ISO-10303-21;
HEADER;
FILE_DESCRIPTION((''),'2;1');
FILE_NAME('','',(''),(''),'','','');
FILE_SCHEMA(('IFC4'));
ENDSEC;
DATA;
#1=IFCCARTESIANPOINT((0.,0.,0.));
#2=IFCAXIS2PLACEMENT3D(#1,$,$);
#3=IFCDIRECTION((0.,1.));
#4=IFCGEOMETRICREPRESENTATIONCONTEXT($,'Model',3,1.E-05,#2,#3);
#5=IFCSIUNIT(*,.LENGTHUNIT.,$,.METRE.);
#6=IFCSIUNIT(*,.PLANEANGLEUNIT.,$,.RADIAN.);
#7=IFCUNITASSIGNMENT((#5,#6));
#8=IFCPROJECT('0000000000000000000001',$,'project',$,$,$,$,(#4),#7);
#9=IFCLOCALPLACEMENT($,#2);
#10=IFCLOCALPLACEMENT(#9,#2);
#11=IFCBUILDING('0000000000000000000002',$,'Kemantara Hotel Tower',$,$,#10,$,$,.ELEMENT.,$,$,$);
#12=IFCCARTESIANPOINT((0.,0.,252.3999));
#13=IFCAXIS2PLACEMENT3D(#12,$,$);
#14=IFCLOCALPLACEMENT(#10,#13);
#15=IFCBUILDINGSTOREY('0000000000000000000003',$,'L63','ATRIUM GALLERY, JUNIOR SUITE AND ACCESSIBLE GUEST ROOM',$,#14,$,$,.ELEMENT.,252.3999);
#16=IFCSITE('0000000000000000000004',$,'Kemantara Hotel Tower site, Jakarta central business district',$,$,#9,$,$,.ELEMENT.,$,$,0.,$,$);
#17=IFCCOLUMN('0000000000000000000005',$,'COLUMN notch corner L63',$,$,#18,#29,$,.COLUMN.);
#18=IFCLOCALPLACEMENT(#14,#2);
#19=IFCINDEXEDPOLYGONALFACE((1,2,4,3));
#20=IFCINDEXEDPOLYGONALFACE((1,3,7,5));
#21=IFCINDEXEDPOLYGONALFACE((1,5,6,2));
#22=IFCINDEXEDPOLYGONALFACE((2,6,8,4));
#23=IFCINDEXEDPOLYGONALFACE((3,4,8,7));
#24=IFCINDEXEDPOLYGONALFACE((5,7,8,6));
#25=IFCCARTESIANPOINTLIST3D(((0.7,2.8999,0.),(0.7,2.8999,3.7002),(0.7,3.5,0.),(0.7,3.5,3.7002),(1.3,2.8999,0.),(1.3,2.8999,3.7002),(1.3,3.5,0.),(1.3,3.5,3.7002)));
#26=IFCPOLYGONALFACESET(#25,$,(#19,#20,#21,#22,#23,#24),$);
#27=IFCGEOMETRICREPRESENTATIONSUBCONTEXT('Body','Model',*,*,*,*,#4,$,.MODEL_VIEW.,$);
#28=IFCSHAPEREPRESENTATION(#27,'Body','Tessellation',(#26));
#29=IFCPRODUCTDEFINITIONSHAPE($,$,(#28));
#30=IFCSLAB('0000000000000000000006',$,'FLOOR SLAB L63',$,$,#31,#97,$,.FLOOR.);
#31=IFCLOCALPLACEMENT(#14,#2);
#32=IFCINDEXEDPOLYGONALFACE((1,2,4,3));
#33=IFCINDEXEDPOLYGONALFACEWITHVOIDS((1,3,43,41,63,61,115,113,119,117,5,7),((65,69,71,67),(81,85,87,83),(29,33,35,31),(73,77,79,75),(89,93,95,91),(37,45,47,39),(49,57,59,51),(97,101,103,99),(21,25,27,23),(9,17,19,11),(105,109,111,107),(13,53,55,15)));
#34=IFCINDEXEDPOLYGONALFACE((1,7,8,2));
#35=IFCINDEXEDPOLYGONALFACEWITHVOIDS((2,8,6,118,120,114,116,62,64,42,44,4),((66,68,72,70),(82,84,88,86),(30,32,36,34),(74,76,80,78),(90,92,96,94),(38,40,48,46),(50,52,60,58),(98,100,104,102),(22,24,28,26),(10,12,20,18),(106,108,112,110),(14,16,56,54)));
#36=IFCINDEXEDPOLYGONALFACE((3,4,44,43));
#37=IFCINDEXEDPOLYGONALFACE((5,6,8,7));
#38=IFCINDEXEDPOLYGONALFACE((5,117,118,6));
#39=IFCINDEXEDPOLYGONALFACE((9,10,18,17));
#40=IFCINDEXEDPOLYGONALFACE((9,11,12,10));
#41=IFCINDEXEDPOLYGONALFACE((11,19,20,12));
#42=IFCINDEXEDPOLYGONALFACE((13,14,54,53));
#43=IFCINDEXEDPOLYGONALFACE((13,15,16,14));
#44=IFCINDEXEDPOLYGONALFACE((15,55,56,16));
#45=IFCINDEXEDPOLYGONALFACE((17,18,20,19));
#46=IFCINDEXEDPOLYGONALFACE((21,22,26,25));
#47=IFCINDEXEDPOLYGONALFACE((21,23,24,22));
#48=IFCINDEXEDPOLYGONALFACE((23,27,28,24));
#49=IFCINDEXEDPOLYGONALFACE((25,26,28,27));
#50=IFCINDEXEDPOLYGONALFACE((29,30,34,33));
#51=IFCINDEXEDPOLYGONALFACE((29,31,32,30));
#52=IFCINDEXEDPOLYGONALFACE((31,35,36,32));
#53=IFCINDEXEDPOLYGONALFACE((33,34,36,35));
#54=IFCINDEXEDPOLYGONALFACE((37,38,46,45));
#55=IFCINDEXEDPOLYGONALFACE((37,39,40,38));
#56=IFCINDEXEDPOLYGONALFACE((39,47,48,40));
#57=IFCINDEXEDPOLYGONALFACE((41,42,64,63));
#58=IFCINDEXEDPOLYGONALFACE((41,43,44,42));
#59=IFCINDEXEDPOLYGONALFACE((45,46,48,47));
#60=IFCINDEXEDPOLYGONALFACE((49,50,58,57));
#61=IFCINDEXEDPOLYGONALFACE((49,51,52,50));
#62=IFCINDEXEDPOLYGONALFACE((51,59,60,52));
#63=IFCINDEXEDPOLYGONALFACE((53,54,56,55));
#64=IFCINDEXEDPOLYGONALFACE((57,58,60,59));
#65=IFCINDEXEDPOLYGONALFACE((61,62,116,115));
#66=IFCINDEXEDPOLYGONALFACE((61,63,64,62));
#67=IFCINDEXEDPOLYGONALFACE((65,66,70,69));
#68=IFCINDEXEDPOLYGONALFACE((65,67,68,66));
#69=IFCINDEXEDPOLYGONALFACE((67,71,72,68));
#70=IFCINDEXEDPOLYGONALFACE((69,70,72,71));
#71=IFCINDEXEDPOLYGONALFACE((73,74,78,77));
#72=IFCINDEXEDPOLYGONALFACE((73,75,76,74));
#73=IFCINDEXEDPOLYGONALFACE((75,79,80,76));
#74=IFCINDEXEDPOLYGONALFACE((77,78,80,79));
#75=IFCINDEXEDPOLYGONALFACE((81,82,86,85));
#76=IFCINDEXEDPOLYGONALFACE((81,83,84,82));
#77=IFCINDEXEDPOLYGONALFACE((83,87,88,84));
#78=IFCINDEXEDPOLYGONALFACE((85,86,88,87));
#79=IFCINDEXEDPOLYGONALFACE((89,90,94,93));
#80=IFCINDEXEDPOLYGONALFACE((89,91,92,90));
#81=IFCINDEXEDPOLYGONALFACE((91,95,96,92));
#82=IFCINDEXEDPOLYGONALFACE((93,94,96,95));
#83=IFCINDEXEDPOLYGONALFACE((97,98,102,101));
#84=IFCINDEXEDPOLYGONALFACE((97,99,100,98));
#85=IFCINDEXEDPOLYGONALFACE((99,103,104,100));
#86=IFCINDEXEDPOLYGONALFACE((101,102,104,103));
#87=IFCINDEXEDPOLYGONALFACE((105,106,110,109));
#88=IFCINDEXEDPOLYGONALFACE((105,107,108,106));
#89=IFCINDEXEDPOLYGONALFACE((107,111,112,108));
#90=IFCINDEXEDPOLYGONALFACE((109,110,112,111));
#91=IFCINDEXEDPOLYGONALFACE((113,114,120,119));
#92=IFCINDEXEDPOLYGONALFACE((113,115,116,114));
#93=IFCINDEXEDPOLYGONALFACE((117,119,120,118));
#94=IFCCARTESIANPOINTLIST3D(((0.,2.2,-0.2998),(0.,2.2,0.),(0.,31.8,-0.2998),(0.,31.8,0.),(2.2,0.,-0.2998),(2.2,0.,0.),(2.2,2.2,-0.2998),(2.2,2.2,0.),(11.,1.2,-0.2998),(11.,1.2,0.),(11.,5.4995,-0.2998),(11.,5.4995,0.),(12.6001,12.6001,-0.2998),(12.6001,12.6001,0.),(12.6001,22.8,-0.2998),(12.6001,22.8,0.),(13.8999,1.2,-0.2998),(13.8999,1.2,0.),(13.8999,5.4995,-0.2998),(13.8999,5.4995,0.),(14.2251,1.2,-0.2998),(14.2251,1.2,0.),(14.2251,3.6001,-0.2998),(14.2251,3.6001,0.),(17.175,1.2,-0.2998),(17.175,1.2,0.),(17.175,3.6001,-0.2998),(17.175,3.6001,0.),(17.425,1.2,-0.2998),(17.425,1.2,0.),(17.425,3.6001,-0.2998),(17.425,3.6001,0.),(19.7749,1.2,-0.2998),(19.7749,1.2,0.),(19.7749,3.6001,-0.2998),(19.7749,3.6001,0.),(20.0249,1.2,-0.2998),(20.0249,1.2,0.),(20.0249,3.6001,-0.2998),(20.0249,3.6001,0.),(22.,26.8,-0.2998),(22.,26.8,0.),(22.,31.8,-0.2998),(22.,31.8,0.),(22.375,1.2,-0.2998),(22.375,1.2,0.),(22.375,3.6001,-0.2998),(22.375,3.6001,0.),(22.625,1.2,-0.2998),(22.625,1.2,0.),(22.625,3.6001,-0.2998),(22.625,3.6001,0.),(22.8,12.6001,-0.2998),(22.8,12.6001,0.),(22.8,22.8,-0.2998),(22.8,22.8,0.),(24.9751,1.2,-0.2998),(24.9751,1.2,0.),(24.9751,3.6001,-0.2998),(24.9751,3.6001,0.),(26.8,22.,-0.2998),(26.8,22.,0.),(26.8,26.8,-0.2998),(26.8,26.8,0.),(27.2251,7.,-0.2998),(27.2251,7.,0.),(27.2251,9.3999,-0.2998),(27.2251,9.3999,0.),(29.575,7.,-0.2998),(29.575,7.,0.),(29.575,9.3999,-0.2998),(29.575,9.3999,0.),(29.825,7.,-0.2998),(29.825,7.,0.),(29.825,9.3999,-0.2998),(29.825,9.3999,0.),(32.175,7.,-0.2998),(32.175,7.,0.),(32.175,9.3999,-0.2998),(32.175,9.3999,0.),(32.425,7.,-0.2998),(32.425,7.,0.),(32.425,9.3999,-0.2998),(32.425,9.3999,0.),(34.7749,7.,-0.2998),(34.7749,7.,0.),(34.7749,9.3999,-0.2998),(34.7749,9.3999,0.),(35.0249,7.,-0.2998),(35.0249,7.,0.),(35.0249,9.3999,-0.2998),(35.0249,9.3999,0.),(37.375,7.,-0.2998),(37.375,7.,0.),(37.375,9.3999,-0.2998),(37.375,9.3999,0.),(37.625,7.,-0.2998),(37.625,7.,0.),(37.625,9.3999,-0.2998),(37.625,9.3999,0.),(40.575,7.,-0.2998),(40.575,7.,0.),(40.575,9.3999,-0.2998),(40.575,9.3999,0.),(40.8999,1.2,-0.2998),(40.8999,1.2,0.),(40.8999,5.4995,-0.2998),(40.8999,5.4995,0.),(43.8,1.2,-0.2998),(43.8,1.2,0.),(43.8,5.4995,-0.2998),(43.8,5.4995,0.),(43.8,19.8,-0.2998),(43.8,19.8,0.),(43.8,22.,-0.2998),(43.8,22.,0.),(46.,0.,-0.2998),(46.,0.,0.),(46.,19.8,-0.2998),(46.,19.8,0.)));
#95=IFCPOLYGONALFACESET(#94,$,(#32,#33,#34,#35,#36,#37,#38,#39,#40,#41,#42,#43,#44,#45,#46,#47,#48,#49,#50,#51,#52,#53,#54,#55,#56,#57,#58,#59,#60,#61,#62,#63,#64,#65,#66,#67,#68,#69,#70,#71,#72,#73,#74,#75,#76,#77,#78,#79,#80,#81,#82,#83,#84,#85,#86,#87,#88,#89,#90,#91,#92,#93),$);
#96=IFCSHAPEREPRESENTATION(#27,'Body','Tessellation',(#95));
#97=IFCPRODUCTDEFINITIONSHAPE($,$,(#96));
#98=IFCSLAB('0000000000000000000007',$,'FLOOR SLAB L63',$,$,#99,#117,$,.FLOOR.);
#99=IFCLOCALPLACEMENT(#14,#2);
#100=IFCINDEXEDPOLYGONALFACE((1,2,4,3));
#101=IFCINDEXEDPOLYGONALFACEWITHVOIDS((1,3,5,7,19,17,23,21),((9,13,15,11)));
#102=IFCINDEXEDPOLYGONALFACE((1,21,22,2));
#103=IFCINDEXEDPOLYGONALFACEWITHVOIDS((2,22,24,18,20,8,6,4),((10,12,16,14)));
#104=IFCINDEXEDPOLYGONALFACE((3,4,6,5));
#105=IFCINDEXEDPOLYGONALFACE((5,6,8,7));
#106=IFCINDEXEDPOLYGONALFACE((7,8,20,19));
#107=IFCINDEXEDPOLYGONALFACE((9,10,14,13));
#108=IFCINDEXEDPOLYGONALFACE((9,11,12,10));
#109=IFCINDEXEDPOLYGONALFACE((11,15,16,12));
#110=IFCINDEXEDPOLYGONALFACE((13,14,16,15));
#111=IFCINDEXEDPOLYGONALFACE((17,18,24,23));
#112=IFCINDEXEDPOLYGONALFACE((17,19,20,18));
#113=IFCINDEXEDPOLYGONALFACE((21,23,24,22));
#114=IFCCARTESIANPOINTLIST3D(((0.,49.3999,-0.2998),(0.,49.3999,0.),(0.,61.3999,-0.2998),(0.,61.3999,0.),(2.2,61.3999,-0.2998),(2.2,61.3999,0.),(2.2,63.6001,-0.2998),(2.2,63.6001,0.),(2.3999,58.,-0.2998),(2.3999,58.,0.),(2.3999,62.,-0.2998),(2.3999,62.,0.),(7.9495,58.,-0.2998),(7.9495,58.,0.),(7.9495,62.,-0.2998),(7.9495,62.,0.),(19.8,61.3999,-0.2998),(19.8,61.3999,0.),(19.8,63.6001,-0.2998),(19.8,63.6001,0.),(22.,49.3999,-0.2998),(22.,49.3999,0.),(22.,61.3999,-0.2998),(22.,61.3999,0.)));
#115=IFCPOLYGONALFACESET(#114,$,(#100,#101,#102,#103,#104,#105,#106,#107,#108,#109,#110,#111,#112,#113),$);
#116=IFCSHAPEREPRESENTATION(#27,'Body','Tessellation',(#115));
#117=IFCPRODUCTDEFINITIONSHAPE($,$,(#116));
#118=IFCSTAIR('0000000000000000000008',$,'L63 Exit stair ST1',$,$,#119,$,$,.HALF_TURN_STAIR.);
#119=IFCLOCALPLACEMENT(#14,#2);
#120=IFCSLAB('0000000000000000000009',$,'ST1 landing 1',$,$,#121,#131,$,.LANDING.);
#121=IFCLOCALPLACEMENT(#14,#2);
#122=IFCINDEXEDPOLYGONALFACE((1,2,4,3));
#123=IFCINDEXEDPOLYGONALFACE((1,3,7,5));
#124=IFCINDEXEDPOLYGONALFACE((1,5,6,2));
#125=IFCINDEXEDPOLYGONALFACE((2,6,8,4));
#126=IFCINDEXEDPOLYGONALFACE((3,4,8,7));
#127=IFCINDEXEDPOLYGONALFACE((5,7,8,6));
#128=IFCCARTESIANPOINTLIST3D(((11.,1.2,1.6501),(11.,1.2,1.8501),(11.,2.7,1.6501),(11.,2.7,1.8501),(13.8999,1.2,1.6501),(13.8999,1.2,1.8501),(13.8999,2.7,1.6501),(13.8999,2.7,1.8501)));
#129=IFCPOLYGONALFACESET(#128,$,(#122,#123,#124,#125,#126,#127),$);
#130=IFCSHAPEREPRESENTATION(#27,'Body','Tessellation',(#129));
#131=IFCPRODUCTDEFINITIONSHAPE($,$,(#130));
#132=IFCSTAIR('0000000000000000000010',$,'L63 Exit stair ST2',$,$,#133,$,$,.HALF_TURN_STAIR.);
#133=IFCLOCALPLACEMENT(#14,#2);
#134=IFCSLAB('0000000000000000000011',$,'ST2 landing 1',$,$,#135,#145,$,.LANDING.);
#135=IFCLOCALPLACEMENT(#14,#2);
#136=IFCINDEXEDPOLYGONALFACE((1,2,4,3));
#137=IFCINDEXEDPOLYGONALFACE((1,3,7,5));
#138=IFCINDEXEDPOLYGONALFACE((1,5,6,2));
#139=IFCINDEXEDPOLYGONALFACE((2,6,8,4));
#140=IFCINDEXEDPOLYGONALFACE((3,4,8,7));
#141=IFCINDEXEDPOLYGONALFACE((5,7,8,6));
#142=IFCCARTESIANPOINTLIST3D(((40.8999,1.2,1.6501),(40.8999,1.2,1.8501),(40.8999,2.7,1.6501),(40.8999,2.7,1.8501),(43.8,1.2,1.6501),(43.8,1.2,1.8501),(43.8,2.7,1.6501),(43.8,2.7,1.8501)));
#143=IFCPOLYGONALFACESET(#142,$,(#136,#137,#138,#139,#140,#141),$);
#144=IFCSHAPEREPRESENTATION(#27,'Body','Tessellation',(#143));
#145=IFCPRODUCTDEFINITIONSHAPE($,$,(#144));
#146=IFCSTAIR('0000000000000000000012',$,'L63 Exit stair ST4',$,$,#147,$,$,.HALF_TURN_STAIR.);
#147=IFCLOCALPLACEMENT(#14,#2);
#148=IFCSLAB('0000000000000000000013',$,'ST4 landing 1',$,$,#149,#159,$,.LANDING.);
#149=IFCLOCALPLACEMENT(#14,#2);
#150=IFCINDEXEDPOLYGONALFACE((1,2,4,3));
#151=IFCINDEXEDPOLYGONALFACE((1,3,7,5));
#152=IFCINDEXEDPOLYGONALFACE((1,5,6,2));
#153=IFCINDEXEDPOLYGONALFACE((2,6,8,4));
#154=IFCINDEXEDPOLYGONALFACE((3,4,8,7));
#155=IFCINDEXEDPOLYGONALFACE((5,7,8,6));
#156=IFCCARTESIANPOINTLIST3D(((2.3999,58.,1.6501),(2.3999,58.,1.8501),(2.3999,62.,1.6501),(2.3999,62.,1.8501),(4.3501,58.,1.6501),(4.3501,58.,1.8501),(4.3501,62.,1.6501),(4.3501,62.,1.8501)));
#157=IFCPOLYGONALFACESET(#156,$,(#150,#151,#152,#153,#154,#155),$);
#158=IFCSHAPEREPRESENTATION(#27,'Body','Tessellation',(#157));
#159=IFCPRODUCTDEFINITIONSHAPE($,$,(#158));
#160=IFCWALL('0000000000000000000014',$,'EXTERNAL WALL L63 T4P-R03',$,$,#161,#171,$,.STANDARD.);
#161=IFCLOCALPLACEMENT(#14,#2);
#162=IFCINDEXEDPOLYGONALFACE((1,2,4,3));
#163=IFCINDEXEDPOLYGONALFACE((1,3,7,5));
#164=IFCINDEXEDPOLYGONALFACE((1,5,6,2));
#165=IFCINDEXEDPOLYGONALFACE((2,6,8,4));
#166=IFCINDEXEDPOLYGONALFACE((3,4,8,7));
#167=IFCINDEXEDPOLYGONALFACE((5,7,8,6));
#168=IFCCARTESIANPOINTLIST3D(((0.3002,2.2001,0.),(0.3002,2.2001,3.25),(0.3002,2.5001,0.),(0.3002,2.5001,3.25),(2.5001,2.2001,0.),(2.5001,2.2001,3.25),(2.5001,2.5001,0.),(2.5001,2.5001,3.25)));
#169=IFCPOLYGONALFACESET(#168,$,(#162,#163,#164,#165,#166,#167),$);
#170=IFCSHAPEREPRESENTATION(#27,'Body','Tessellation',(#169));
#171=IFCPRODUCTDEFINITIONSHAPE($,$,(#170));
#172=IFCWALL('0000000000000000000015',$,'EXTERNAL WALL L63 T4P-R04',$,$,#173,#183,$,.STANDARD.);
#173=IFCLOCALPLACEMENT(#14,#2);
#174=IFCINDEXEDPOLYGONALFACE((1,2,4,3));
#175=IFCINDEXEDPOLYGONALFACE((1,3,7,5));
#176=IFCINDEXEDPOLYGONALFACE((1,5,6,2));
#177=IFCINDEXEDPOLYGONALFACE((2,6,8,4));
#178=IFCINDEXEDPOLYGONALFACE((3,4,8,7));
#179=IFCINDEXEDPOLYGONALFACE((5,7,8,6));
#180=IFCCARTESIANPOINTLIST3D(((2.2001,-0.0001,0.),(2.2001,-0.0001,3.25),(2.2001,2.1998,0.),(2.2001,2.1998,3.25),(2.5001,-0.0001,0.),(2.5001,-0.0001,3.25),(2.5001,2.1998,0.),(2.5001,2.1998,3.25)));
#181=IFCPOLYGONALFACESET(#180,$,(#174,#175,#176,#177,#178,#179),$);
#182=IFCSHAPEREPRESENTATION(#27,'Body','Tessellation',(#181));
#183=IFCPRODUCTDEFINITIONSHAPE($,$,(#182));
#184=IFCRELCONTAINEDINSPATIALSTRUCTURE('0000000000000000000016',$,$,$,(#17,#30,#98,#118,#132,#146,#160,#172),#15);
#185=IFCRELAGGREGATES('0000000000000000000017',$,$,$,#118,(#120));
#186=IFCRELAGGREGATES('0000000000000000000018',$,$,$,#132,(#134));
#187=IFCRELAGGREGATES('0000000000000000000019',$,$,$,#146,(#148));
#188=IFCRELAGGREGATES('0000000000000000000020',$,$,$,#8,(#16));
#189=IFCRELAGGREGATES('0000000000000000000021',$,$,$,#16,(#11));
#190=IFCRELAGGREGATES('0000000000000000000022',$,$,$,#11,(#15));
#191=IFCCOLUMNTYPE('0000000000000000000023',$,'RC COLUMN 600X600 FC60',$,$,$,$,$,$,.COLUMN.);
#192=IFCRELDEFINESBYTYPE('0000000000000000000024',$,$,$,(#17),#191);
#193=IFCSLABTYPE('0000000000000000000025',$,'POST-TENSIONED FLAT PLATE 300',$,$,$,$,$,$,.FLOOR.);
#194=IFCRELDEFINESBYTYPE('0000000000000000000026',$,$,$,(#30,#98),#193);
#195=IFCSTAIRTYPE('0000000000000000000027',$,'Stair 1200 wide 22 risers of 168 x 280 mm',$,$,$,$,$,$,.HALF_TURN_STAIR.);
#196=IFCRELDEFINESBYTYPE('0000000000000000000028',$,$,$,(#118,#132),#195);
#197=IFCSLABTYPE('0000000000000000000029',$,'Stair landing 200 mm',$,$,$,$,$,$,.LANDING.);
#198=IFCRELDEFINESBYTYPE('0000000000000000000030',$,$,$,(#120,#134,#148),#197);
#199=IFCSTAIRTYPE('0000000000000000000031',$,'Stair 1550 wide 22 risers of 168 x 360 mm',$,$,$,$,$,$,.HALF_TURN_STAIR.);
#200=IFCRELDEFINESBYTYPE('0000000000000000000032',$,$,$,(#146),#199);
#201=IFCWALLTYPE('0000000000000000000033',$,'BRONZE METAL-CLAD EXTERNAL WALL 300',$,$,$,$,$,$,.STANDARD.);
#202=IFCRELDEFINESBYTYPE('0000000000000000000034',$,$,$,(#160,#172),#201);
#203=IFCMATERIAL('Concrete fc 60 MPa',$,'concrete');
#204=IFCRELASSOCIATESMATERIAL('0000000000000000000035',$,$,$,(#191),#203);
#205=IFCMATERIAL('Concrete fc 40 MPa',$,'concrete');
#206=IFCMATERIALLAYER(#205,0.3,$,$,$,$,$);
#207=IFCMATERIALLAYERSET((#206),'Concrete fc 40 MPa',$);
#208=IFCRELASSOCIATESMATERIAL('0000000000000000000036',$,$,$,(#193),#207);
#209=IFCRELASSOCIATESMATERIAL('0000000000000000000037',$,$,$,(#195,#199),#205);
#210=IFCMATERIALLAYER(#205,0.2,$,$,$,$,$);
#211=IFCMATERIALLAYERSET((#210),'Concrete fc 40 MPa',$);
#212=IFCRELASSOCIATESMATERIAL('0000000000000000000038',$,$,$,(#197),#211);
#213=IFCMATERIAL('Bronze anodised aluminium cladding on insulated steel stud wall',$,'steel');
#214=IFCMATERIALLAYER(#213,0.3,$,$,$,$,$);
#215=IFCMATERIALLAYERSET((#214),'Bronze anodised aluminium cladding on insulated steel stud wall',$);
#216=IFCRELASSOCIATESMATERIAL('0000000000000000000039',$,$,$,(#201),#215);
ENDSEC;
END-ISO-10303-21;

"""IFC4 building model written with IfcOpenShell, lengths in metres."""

from ifc_helpers import new_model, si_unit, direction, frame, frame_2d, origin, origin_2d, place, context, subcontext, project, spatial, polyline, rectangle, outline, extrude, material, layer, layer_set, material_profile, profile_set, type_object, element, aggregate, save


model = new_model("IFC4")

# Units and contexts
model_context = context("Model", 3, precision=1e-05, world=origin(), true_north=direction((0.0, 1.0)))
body_context = subcontext(model_context, "Body", "Model", "MODEL_VIEW")
ifc_project = project(units=[si_unit("LENGTHUNIT", "METRE"), si_unit("PLANEANGLEUNIT", "RADIAN")], contexts=[model_context])

# Site, building, storey
site_placement = place(None, origin())
site = spatial("IfcSite", under=ifc_project, at=site_placement, Name="Kemantara Hotel Tower site, Jakarta central business district", CompositionType="ELEMENT", RefElevation=0.0)
building_placement = place(site_placement, origin())
building = spatial("IfcBuilding", under=site, at=building_placement, Name="Kemantara Hotel Tower", CompositionType="ELEMENT")
storey_placement = place(building_placement, frame((0.0, 0.0, 252.3999)))
storey = spatial("IfcBuildingStorey", under=building, at=storey_placement, Name="L63", Description="ATRIUM GALLERY, JUNIOR SUITE AND ACCESSIBLE GUEST ROOM", CompositionType="ELEMENT", Elevation=252.3999)

# Column
ifc_material_1 = material(Name="Concrete fc 60 MPa", Category="concrete")
ifc_material_profile = material_profile(ifc_material_1, rectangle(XDim=0.6001, YDim=0.6001, at=origin_2d()), Name="RC 600X600")
ifc_profile_set = profile_set([ifc_material_profile], Name="Concrete fc 60 MPa")
column_type = type_object("IfcColumnType", Name="RC COLUMN 600X600 FC60", PredefinedType="COLUMN", material=ifc_profile_set)
column_placement = place(storey_placement, frame((1.0, 3.2, 0.0), z_axis=(0.0, 0.0, 1.0), x_axis=(1.0, 0.0, 0.0)))
element("IfcColumn", 1, at=column_placement, inside=storey, type_object=column_type, Name="COLUMN notch corner L63", PredefinedType="COLUMN", context=body_context, shape_type="SweptSolid", body=[
    extrude(rectangle(XDim=0.6001, YDim=0.6001, at=origin_2d()), origin(), (0.0, 0.0, 1.0), 3.7002),
])

# Slabs
ifc_material_2 = material(Name="Concrete fc 40 MPa", Category="concrete")
ifc_layer_1 = layer(ifc_material_2, 0.3)
ifc_layer_set_1 = layer_set([ifc_layer_1], Name="Concrete fc 40 MPa")
slab_type_1 = type_object("IfcSlabType", Name="POST-TENSIONED FLAT PLATE 300", PredefinedType="FLOOR", material=ifc_layer_set_1)
slab_1_placement = place(storey_placement, frame((0.0, 0.0, -0.2998)))
element("IfcSlab", 2, at=slab_1_placement, inside=storey, type_object=slab_type_1, Name="FLOOR SLAB L63", PredefinedType="FLOOR", context=body_context, shape_type="SweptSolid", body=[
    extrude(outline(polyline([(26.8, 22.0), (26.8, 26.8), (22.0, 26.8), (22.0, 31.8), (0.0, 31.8), (0.0, 2.2), (2.2, 2.2), (2.2, 0.0), (46.0, 0.0), (46.0, 19.8), (43.8, 19.8), (43.8, 22.0), (26.8, 22.0)]), holes=[polyline([(17.175, 3.6001), (17.175, 1.2), (14.2251, 1.2), (14.2251, 3.6001), (17.175, 3.6001)]), polyline([(19.7749, 1.2), (17.425, 1.2), (17.425, 3.6001), (19.7749, 3.6001), (19.7749, 1.2)]), polyline([(22.375, 1.2), (20.0249, 1.2), (20.0249, 3.6001), (22.375, 3.6001), (22.375, 1.2)]), polyline([(24.9751, 3.6001), (24.9751, 1.2), (22.625, 1.2), (22.625, 3.6001), (24.9751, 3.6001)]), polyline([(11.0, 1.2), (11.0, 5.4995), (13.8999, 5.4995), (13.8999, 1.2), (11.0, 1.2)]), polyline([(22.8, 12.6001), (12.6001, 12.6001), (12.6001, 22.8), (22.8, 22.8), (22.8, 12.6001)]), polyline([(40.8999, 1.2), (40.8999, 5.4995), (43.8, 5.4995), (43.8, 1.2), (40.8999, 1.2)]), polyline([(29.575, 7.0), (27.2251, 7.0), (27.2251, 9.3999), (29.575, 9.3999), (29.575, 7.0)]), polyline([(32.175, 7.0), (29.825, 7.0), (29.825, 9.3999), (32.175, 9.3999), (32.175, 7.0)]), polyline([(34.7749, 7.0), (32.425, 7.0), (32.425, 9.3999), (34.7749, 9.3999), (34.7749, 7.0)]), polyline([(37.375, 7.0), (35.0249, 7.0), (35.0249, 9.3999), (37.375, 9.3999), (37.375, 7.0)]), polyline([(40.575, 7.0), (37.625, 7.0), (37.625, 9.3999), (40.575, 9.3999), (40.575, 7.0)])]), origin(), (0.0, 0.0, 1.0), 0.2998),
])
slab_2_placement = place(storey_placement, frame((0.0, 0.0, -0.2998)))
element("IfcSlab", 3, at=slab_2_placement, inside=storey, type_object=slab_type_1, Name="FLOOR SLAB L63", PredefinedType="FLOOR", context=body_context, shape_type="SweptSolid", body=[
    extrude(outline(polyline([(2.2, 61.3999), (0.0, 61.3999), (0.0, 49.3999), (22.0, 49.3999), (22.0, 61.3999), (19.8, 61.3999), (19.8, 63.6001), (2.2, 63.6001), (2.2, 61.3999)]), holes=[polyline([(2.3999, 58.0), (2.3999, 62.0), (7.9495, 62.0), (7.9495, 58.0), (2.3999, 58.0)])]), origin(), (0.0, 0.0, 1.0), 0.2998),
])

# Stairs, slabs
stair_type_1 = type_object("IfcStairType", Name="Stair 1200 wide 22 risers of 168 x 280 mm", PredefinedType="HALF_TURN_STAIR", material=ifc_material_2)
stair_1_placement = place(storey_placement, origin())
stair_1 = element("IfcStair", 4, at=stair_1_placement, inside=storey, type_object=stair_type_1, Name="L63 Exit stair ST1", PredefinedType="HALF_TURN_STAIR")
ifc_layer_2 = layer(ifc_material_2, 0.2)
ifc_layer_set_2 = layer_set([ifc_layer_2], Name="Concrete fc 40 MPa")
slab_type_2 = type_object("IfcSlabType", Name="Stair landing 200 mm", PredefinedType="LANDING", material=ifc_layer_set_2)
slab_3_placement = place(storey_placement, frame((0.0, 0.0, 1.6501)))
slab_3 = element("IfcSlab", 5, at=slab_3_placement, type_object=slab_type_2, Name="ST1 landing 1", PredefinedType="LANDING", context=body_context, shape_type="SweptSolid", body=[
    extrude(outline(polyline([(11.0, 2.7), (11.0, 1.2), (13.8999, 1.2), (13.8999, 2.7), (11.0, 2.7)])), origin(), (0.0, 0.0, 1.0), 0.2),
])
aggregate(stair_1, [slab_3])
stair_2_placement = place(storey_placement, origin())
stair_2 = element("IfcStair", 6, at=stair_2_placement, inside=storey, type_object=stair_type_1, Name="L63 Exit stair ST2", PredefinedType="HALF_TURN_STAIR")
slab_4_placement = place(storey_placement, frame((0.0, 0.0, 1.6501)))
slab_4 = element("IfcSlab", 7, at=slab_4_placement, type_object=slab_type_2, Name="ST2 landing 1", PredefinedType="LANDING", context=body_context, shape_type="SweptSolid", body=[
    extrude(outline(polyline([(40.8999, 2.7), (40.8999, 1.2), (43.8, 1.2), (43.8, 2.7), (40.8999, 2.7)])), origin(), (0.0, 0.0, 1.0), 0.2),
])
aggregate(stair_2, [slab_4])
stair_type_2 = type_object("IfcStairType", Name="Stair 1550 wide 22 risers of 168 x 360 mm", PredefinedType="HALF_TURN_STAIR", material=ifc_material_2)
stair_3_placement = place(storey_placement, origin())
stair_3 = element("IfcStair", 8, at=stair_3_placement, inside=storey, type_object=stair_type_2, Name="L63 Exit stair ST4", PredefinedType="HALF_TURN_STAIR")
slab_5_placement = place(storey_placement, frame((0.0, 0.0, 1.6501)))
slab_5 = element("IfcSlab", 9, at=slab_5_placement, type_object=slab_type_2, Name="ST4 landing 1", PredefinedType="LANDING", context=body_context, shape_type="SweptSolid", body=[
    extrude(outline(polyline([(4.3501, 62.0), (2.3999, 62.0), (2.3999, 58.0), (4.3501, 58.0), (4.3501, 62.0)])), origin(), (0.0, 0.0, 1.0), 0.2),
])
aggregate(stair_3, [slab_5])

# Walls
ifc_material_3 = material(Name="Bronze anodised aluminium cladding on insulated steel stud wall", Category="steel")
ifc_layer_3 = layer(ifc_material_3, 0.3)
ifc_layer_set_3 = layer_set([ifc_layer_3], Name="Bronze anodised aluminium cladding on insulated steel stud wall")
wall_type_1 = type_object("IfcWallType", Name="BRONZE METAL-CLAD EXTERNAL WALL 300", PredefinedType="STANDARD", material=ifc_layer_set_3)
for number, where, z_axis, x_axis, name in (
    (10, (0.3, 2.3501, 0.0), (0.0, 0.0, 1.0), (1.0, 0.0, 0.0), "EXTERNAL WALL L63 T4P-R03"),
    (11, (2.3501, 2.2, 0.0), (0.0, 0.0, 1.0), (0.0, -1.0, 0.0), "EXTERNAL WALL L63 T4P-R04"),
):
    element("IfcWall", number, at=place(storey_placement, frame(where, z_axis=z_axis, x_axis=x_axis)), inside=storey, type_object=wall_type_1, Name=name, PredefinedType="STANDARD", context=body_context, shape_type="SweptSolid", body=[
        extrude(rectangle(XDim=2.2, YDim=0.3, at=frame_2d((1.1001, 0.0))), origin(), (0.0, 0.0, 1.0), 3.25),
    ])

save(model, "model.ifc")
